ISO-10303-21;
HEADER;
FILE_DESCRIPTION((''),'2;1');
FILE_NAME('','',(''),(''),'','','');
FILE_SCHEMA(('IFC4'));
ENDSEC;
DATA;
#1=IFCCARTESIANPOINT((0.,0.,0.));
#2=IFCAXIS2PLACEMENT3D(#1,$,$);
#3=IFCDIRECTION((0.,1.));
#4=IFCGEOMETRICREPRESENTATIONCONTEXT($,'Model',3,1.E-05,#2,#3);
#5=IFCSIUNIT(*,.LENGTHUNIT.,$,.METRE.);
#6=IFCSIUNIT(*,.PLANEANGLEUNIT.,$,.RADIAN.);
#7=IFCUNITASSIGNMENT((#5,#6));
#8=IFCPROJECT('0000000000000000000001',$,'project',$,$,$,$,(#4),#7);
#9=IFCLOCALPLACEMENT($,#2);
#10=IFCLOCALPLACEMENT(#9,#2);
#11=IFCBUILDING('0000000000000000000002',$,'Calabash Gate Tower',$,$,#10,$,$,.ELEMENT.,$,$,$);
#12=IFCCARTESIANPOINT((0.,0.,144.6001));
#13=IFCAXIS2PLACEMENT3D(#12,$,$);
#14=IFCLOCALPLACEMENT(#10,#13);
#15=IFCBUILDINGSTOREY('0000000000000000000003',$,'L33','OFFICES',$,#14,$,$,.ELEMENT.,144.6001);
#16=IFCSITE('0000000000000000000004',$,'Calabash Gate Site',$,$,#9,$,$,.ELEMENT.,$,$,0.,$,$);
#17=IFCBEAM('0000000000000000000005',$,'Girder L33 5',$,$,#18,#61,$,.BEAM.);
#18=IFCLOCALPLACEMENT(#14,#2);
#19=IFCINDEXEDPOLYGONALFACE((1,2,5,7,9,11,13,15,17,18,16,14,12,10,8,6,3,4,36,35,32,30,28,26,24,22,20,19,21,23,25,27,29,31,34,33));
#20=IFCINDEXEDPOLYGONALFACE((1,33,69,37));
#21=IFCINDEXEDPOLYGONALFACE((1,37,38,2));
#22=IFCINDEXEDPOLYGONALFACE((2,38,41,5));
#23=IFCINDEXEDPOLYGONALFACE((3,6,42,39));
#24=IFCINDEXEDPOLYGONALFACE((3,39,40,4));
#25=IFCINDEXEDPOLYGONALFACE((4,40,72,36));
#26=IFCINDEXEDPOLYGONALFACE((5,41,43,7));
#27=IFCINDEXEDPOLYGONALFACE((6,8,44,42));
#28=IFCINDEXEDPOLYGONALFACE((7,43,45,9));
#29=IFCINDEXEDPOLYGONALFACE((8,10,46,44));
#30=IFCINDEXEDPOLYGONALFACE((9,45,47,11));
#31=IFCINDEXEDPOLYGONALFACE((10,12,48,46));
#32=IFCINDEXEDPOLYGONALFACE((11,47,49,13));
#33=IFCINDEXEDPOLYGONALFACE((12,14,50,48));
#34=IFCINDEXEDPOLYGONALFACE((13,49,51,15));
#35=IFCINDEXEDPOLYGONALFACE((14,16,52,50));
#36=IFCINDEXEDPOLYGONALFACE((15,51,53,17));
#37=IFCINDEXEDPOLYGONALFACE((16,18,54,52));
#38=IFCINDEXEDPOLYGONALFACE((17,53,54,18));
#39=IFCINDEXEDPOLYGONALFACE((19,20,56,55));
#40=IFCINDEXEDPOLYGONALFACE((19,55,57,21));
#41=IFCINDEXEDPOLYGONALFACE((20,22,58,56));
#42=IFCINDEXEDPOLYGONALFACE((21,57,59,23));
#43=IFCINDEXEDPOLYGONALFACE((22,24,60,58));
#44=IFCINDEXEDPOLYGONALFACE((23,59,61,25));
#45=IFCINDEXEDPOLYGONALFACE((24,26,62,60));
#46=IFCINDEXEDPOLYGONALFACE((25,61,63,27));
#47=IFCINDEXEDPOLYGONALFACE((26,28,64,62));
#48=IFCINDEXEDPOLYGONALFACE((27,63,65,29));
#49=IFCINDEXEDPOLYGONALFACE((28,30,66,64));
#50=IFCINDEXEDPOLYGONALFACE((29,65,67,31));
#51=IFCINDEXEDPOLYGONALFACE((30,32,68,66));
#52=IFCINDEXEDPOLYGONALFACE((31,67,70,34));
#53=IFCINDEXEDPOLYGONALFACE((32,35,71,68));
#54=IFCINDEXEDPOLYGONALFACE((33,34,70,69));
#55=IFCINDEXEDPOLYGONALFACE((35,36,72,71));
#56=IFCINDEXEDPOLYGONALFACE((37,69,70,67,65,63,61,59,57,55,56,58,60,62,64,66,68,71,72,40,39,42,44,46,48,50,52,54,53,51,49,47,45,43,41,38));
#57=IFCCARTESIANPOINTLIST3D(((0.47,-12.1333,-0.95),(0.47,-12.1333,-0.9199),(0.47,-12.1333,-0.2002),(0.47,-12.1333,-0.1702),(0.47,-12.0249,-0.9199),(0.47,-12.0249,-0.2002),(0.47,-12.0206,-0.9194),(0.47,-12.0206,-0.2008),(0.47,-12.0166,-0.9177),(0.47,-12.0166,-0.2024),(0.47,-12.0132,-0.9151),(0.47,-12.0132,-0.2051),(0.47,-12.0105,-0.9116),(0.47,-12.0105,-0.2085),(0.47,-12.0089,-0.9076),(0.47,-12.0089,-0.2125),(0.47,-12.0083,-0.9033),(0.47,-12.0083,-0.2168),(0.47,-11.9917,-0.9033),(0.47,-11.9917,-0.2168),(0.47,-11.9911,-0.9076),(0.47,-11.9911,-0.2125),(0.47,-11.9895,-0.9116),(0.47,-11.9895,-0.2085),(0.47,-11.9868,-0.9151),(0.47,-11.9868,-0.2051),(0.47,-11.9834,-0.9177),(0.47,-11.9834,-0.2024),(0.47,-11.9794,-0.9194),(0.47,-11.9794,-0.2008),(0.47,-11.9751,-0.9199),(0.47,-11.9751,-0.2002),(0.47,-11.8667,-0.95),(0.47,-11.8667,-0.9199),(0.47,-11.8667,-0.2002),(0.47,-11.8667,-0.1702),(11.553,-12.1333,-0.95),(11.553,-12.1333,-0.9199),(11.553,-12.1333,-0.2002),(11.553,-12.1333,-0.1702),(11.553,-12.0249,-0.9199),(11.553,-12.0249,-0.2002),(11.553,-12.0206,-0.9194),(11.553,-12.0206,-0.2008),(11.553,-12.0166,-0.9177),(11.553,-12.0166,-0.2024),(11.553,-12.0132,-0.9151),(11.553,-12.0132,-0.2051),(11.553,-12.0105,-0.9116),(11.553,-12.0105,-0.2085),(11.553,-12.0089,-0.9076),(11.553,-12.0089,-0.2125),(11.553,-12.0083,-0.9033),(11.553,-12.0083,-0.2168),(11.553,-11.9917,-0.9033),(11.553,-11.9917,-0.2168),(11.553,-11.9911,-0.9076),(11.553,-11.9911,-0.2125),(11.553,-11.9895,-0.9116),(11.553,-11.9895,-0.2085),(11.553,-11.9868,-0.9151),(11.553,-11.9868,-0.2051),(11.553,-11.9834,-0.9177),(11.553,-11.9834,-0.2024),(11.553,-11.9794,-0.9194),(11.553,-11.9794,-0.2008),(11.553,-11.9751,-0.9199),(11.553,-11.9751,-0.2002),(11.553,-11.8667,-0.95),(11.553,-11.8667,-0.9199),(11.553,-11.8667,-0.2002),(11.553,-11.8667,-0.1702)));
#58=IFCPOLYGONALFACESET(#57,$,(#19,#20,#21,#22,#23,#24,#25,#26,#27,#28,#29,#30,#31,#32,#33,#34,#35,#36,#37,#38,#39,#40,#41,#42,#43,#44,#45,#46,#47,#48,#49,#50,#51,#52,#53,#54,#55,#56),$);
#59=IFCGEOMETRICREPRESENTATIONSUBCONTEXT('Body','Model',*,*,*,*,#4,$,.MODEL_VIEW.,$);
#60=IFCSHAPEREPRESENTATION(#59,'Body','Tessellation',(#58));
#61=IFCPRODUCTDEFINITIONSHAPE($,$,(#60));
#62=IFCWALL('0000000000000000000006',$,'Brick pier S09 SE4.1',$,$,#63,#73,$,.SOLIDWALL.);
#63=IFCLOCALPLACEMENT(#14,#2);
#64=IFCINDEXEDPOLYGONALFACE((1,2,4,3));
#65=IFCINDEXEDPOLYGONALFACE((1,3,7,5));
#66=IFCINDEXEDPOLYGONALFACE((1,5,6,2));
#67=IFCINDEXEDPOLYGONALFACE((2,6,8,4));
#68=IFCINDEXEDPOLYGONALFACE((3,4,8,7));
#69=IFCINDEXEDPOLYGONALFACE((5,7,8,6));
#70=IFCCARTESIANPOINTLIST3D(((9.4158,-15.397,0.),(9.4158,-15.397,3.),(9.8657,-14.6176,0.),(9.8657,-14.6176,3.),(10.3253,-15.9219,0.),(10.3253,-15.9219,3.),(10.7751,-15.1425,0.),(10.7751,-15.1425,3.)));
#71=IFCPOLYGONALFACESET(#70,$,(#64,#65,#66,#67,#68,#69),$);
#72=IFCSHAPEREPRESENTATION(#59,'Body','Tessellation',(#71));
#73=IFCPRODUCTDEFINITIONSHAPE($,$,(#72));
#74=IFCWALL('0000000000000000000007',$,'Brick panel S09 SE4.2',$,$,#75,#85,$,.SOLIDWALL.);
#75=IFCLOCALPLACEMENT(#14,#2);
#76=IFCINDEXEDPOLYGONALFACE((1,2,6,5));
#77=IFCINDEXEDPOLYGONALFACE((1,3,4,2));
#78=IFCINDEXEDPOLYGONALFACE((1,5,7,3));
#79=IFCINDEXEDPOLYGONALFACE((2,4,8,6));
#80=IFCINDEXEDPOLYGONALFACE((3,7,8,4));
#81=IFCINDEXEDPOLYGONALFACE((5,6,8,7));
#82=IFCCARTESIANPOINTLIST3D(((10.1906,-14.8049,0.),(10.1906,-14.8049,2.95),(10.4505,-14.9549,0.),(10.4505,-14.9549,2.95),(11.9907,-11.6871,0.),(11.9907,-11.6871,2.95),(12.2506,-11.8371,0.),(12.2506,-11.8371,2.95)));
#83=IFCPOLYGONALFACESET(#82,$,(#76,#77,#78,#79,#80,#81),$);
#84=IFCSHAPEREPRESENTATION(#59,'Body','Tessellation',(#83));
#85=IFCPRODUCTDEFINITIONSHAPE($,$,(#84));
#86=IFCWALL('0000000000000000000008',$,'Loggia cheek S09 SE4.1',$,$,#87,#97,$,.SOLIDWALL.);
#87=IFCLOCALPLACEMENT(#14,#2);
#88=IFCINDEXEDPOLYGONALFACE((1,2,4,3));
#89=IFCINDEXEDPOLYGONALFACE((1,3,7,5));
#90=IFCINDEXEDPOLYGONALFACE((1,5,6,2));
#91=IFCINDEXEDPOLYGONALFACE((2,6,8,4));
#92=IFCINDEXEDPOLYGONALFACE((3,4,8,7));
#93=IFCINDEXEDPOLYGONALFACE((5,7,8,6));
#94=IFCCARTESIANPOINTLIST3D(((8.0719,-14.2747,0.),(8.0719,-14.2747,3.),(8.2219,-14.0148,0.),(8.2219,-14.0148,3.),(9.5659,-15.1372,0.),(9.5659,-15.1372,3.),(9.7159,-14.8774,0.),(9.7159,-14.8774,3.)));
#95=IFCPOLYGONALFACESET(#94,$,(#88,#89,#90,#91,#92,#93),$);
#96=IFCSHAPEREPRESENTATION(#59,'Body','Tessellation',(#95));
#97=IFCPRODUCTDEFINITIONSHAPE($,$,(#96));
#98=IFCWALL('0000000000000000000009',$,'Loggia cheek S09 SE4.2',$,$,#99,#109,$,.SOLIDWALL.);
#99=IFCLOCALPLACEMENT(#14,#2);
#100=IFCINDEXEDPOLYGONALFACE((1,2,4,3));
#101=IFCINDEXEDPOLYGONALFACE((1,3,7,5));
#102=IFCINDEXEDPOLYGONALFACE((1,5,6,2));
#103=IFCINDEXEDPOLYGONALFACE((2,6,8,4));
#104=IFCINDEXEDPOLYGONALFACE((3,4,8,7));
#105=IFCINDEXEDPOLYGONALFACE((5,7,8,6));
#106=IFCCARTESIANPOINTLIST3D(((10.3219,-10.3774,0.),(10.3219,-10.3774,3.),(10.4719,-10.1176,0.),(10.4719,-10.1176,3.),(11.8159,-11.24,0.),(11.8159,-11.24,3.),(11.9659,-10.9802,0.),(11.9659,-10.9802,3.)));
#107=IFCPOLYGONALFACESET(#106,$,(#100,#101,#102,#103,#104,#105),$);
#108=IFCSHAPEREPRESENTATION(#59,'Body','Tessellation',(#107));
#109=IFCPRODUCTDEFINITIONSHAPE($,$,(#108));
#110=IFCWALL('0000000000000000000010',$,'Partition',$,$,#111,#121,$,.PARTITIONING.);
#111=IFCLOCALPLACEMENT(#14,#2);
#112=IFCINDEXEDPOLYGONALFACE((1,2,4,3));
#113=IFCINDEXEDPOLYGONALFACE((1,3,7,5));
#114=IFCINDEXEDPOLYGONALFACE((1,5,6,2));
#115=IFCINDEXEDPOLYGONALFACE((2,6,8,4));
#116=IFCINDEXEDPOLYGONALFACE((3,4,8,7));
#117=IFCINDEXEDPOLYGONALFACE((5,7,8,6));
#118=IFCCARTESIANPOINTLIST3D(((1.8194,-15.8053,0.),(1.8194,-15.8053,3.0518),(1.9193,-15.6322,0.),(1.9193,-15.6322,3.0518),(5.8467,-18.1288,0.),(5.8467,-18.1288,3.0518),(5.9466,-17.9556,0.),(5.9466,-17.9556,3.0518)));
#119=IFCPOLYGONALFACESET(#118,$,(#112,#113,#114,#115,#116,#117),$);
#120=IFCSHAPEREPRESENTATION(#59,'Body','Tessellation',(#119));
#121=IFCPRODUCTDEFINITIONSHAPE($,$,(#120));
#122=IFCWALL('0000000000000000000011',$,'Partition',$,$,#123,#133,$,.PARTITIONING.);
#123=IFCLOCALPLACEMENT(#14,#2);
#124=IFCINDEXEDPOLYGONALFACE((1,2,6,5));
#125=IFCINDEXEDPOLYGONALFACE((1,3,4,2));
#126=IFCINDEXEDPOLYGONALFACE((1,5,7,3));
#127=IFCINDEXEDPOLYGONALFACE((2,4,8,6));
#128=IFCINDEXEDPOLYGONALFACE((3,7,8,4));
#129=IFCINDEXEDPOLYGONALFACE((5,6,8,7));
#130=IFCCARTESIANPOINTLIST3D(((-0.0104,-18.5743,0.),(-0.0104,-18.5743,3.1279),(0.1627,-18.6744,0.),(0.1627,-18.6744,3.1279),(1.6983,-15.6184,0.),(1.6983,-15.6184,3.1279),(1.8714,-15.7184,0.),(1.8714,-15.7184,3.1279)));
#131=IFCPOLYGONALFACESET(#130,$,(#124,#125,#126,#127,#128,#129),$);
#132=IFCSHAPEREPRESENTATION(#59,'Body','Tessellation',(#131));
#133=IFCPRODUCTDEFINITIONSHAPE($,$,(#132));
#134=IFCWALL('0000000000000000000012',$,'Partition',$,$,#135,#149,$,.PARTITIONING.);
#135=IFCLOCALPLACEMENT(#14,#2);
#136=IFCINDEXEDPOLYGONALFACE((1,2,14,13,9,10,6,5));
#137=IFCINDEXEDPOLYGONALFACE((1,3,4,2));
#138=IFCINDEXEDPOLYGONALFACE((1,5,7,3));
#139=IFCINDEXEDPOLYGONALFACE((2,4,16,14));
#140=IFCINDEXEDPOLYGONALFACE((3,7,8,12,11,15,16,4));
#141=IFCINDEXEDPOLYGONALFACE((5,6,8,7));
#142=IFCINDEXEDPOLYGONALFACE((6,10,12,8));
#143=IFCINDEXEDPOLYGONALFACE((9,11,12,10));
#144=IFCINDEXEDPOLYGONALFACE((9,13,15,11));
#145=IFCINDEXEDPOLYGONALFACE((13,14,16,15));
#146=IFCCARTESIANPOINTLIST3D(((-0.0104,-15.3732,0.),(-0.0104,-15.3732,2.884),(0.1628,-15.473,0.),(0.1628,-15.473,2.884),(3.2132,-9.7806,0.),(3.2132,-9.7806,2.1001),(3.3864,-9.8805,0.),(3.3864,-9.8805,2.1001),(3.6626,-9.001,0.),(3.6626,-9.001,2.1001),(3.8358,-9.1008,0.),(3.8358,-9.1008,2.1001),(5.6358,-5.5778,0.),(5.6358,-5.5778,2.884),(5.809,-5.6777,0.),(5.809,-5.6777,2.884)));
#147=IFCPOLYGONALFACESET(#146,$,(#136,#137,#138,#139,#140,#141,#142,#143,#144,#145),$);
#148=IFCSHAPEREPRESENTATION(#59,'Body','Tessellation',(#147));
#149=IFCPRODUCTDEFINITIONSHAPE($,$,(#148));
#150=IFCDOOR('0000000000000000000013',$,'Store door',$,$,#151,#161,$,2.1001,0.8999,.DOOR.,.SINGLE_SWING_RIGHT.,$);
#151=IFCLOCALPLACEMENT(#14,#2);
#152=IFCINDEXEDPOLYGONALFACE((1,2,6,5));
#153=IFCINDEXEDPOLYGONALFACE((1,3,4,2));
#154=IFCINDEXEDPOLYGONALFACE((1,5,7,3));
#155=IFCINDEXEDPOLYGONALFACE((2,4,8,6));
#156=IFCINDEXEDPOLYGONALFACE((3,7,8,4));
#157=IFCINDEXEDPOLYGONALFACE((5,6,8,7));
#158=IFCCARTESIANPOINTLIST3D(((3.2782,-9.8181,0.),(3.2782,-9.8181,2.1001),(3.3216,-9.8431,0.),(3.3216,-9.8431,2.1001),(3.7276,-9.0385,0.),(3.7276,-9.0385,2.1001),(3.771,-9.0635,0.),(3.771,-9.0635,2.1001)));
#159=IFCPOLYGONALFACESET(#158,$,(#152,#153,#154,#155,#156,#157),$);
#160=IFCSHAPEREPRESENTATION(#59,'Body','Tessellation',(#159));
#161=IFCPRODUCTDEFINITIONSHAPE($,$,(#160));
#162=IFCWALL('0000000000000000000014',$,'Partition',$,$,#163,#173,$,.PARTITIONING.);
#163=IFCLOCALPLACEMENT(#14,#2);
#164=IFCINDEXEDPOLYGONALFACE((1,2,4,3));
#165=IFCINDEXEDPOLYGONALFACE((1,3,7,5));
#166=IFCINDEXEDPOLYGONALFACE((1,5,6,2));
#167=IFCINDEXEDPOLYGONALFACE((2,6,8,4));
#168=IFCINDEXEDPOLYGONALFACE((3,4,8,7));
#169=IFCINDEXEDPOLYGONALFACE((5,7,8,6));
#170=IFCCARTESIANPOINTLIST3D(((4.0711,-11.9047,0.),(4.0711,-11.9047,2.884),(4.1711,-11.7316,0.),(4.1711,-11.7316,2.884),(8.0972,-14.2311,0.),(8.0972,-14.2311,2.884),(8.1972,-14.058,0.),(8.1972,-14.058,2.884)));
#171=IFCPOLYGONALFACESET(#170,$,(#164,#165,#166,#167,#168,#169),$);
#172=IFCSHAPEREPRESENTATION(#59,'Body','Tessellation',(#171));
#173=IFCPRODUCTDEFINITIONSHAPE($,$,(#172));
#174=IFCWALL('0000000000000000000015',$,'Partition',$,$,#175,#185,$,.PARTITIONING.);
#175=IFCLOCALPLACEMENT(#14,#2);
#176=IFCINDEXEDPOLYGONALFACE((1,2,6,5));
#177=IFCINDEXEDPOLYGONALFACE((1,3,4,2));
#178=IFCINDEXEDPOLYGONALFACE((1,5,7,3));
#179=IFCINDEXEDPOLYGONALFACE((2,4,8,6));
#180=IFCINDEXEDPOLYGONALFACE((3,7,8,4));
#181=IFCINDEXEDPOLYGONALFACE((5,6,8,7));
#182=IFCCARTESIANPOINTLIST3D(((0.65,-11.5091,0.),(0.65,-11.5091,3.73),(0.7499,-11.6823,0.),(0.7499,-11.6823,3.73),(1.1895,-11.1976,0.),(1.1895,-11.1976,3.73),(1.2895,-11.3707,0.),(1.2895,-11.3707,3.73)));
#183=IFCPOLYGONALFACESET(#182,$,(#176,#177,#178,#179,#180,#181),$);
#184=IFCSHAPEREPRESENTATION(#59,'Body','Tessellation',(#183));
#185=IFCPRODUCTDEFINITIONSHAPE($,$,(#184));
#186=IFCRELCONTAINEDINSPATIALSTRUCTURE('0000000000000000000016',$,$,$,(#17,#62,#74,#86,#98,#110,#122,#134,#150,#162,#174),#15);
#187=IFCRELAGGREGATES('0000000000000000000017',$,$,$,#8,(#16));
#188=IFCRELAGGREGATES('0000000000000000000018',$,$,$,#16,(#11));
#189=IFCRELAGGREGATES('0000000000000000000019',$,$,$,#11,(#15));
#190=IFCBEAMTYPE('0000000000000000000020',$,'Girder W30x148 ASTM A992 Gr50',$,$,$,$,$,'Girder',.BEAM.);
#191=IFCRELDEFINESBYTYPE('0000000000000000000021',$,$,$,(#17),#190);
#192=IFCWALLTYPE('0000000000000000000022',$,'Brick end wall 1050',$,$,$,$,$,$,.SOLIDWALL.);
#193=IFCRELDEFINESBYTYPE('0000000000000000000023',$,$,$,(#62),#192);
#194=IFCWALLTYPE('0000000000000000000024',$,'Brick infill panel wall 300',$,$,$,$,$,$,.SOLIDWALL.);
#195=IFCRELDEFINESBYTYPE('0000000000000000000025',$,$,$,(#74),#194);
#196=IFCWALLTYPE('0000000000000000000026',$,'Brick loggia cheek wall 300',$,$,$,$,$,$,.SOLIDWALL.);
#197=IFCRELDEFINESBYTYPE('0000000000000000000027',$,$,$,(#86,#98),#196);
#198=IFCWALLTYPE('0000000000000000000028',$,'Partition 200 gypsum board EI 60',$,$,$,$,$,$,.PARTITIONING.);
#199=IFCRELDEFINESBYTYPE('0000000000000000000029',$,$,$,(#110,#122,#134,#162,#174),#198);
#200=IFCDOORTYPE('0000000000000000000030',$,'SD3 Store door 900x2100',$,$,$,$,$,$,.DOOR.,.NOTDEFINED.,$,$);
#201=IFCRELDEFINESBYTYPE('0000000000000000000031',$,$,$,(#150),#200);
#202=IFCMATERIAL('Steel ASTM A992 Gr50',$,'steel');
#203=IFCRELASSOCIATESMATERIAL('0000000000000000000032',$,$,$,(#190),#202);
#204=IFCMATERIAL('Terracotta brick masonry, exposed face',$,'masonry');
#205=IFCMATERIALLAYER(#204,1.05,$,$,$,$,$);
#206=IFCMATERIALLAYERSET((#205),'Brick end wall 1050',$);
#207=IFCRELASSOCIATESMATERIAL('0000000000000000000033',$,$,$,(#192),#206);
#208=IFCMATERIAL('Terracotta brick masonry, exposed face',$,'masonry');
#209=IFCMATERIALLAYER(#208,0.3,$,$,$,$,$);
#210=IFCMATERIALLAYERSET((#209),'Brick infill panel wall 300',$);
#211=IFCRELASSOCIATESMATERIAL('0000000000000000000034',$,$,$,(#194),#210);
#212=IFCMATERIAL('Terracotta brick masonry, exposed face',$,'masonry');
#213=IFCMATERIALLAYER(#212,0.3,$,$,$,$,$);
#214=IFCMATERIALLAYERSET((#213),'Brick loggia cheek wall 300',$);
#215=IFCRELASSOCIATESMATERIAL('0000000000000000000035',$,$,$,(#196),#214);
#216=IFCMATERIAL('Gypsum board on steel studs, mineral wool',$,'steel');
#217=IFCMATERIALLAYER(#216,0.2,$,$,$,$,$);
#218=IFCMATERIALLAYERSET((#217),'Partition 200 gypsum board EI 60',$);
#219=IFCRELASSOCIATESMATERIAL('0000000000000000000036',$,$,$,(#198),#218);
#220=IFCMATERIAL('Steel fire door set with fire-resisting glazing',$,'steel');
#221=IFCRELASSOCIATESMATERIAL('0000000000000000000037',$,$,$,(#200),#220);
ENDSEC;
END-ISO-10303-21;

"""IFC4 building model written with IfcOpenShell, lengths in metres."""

from ifc_helpers import new_model, si_unit, direction, frame, frame_2d, origin, origin_2d, place, context, subcontext, project, spatial, rectangle, i_section, extrude, material, layer, layer_set, material_profile, profile_set, type_object, element, fill, save


model = new_model("IFC4")

# Units and contexts
model_context = context("Model", 3, precision=1e-05, world=origin(), true_north=direction((0.0, 1.0)))
body_context = subcontext(model_context, "Body", "Model", "MODEL_VIEW")
ifc_project = project(units=[si_unit("LENGTHUNIT", "METRE"), si_unit("PLANEANGLEUNIT", "RADIAN")], contexts=[model_context])

# Site, building, storey
site_placement = place(None, origin())
site = spatial("IfcSite", under=ifc_project, at=site_placement, Name="Calabash Gate Site", CompositionType="ELEMENT", RefElevation=0.0)
building_placement = place(site_placement, origin())
building = spatial("IfcBuilding", under=site, at=building_placement, Name="Calabash Gate Tower", CompositionType="ELEMENT")
storey_placement = place(building_placement, frame((0.0, 0.0, 144.6001)))
storey = spatial("IfcBuildingStorey", under=building, at=storey_placement, Name="L33", Description="OFFICES", CompositionType="ELEMENT", Elevation=144.6001)

# Beam
ifc_material_1 = material(Name="Steel ASTM A992 Gr50", Category="steel")
ifc_material_profile_1 = material_profile(ifc_material_1, i_section(OverallWidth=0.2666, OverallDepth=0.7798, WebThickness=0.0166, FlangeThickness=0.03, FilletRadius=0.0166, at=origin_2d()))
ifc_profile_set_1 = profile_set([ifc_material_profile_1], Name="Steel ASTM A992 Gr50")
beam_type_1 = type_object("IfcBeamType", Name="Girder W30x148 ASTM A992 Gr50", ElementType="Girder", PredefinedType="BEAM", material=ifc_profile_set_1)
beam_1_placement = place(storey_placement, frame((0.47, -12.0, -0.5601), z_axis=(1.0, 0.0, 0.0), x_axis=(0.0, 1.0, 0.0)))
element("IfcBeam", 1, at=beam_1_placement, inside=storey, type_object=beam_type_1, Name="Girder L33 5", PredefinedType="BEAM", context=body_context, shape_type="SweptSolid", body=[
    extrude(i_section(OverallWidth=0.2666, OverallDepth=0.7798, WebThickness=0.0166, FlangeThickness=0.03, FilletRadius=0.0166, at=origin_2d()), origin(), (0.0, 0.0, 1.0), 11.083),
])

# Walls
ifc_material_2 = material(Name="Terracotta brick masonry, exposed face", Category="masonry")
ifc_layer_1 = layer(ifc_material_2, 1.05)
ifc_layer_set_1 = layer_set([ifc_layer_1], Name="Brick end wall 1050")
wall_type_1 = type_object("IfcWallType", Name="Brick end wall 1050", PredefinedType="SOLIDWALL", material=ifc_layer_set_1)
wall_1_placement = place(storey_placement, frame((9.6409, -15.0073, 0.0), z_axis=(0.0, 0.0, 1.0), x_axis=(0.866089, -0.49989, 0.0)))
element("IfcWall", 2, at=wall_1_placement, inside=storey, type_object=wall_type_1, Name="Brick pier S09 SE4.1", PredefinedType="SOLIDWALL", context=body_context, shape_type="SweptSolid", body=[
    extrude(rectangle(XDim=1.05, YDim=0.8999, at=frame_2d((0.5249, 0.0))), origin(), (0.0, 0.0, 1.0), 3.0),
])
ifc_material_3 = material(Name="Terracotta brick masonry, exposed face", Category="masonry")
ifc_layer_2 = layer(ifc_material_3, 0.3)
ifc_layer_set_2 = layer_set([ifc_layer_2], Name="Brick infill panel wall 300")
wall_type_2 = type_object("IfcWallType", Name="Brick infill panel wall 300", PredefinedType="SOLIDWALL", material=ifc_layer_set_2)
wall_2_placement = place(storey_placement, frame((10.3206, -14.8799, 0.0), z_axis=(0.0, 0.0, 1.0), x_axis=(0.500012, 0.866018, 0.0)))
element("IfcWall", 3, at=wall_2_placement, inside=storey, type_object=wall_type_2, Name="Brick panel S09 SE4.2", PredefinedType="SOLIDWALL", context=body_context, shape_type="SweptSolid", body=[
    extrude(rectangle(XDim=3.6001, YDim=0.3, at=frame_2d((1.8, 0.0))), origin(), (0.0, 0.0, 1.0), 2.95),
])
ifc_material_4 = material(Name="Terracotta brick masonry, exposed face", Category="masonry")
ifc_layer_3 = layer(ifc_material_4, 0.3)
ifc_layer_set_3 = layer_set([ifc_layer_3], Name="Brick loggia cheek wall 300")
wall_type_3 = type_object("IfcWallType", Name="Brick loggia cheek wall 300", PredefinedType="SOLIDWALL", material=ifc_layer_set_3)
for number, where, z_axis, x_axis, name in (
    (4, (9.6409, -15.0073, 0.0), (0.0, 0.0, 1.0), (-0.866014, 0.500021, 0.0), "Loggia cheek S09 SE4.1"),
    (5, (11.8909, -11.1101, 0.0), (0.0, 0.0, 1.0), (-0.866014, 0.500021, 0.0), "Loggia cheek S09 SE4.2"),
):
    element("IfcWall", number, at=place(storey_placement, frame(where, z_axis=z_axis, x_axis=x_axis)), inside=storey, type_object=wall_type_3, Name=name, PredefinedType="SOLIDWALL", context=body_context, shape_type="SweptSolid", body=[
        extrude(rectangle(XDim=1.7251, YDim=0.3, at=frame_2d((0.8625, 0.0))), origin(), (0.0, 0.0, 1.0), 3.0),
    ])
ifc_material_5 = material(Name="Gypsum board on steel studs, mineral wool", Category="steel")
ifc_layer_4 = layer(ifc_material_5, 0.2)
ifc_layer_set_4 = layer_set([ifc_layer_4], Name="Partition 200 gypsum board EI 60")
wall_type_4 = type_object("IfcWallType", Name="Partition 200 gypsum board EI 60", PredefinedType="PARTITIONING", material=ifc_layer_set_4)
wall_3_placement = place(storey_placement, frame((1.8694, -15.7188, 0.0), z_axis=(0.0, 0.0, 1.0), x_axis=(0.866184, -0.499725, 0.0)))
element("IfcWall", 6, at=wall_3_placement, inside=storey, type_object=wall_type_4, Name="Partition", PredefinedType="PARTITIONING", context=body_context, shape_type="SweptSolid", body=[
    extrude(rectangle(XDim=4.6494, YDim=0.2, at=frame_2d((2.3247, 0.0))), origin(), (0.0, 0.0, 1.0), 3.0518),
])
wall_4_placement = place(storey_placement, frame((0.0762, -18.6243, 0.0), z_axis=(0.0, 0.0, 1.0), x_axis=(0.500453, 0.865764, 0.0)))
element("IfcWall", 7, at=wall_4_placement, inside=storey, type_object=wall_type_4, Name="Partition", PredefinedType="PARTITIONING", context=body_context, shape_type="SweptSolid", body=[
    extrude(rectangle(XDim=3.4143, YDim=0.2, at=frame_2d((1.707, 0.0))), origin(), (0.0, 0.0, 1.0), 3.1279),
])

# Wall, opening, door
wall_5_placement = place(storey_placement, frame((0.0762, -15.4231, 0.0), z_axis=(0.0, 0.0, 1.0), x_axis=(0.499393, 0.866375, 0.0)))
wall_5 = element("IfcWall", 8, at=wall_5_placement, inside=storey, type_object=wall_type_4, Name="Partition", PredefinedType="PARTITIONING", context=body_context, shape_type="SweptSolid", body=[
    extrude(rectangle(XDim=11.3062, YDim=0.2, at=frame_2d((5.6531, 0.0))), origin(), (0.0, 0.0, 1.0), 2.884),
])
opening_1_placement = place(wall_5_placement, frame((6.4551, 0.0, 0.0)))
opening_1 = element("IfcOpeningElement", 9, at=opening_1_placement, cuts=wall_5, PredefinedType="OPENING", context=body_context, shape_type="SweptSolid", body=[
    extrude(rectangle(XDim=0.8999, YDim=2.1001, at=frame_2d((0.45, 1.05))), frame((0.0, 0.1099, 0.0), z_axis=(0.0, -1.0, 0.0), x_axis=(1.0, 0.0, 0.0)), (0.0, 0.0, 1.0), 0.22),
])
ifc_material_6 = material(Name="Steel fire door set with fire-resisting glazing", Category="steel")
door_type_1 = type_object("IfcDoorType", Name="SD3 Store door 900x2100", OperationType="NOTDEFINED", PredefinedType="DOOR", material=ifc_material_6)
door_1_placement = place(opening_1_placement, origin())
door_1 = element("IfcDoor", 10, at=door_1_placement, inside=storey, type_object=door_type_1, Name="Store door", OperationType="SINGLE_SWING_RIGHT", OverallHeight=2.1001, OverallWidth=0.8999, PredefinedType="DOOR", context=body_context, shape_type="SweptSolid", body=[
    extrude(rectangle(XDim=0.8999, YDim=2.1001, at=frame_2d((0.45, 1.05))), frame((0.0, 0.0249, 0.0), z_axis=(0.0, -1.0, 0.0), x_axis=(1.0, 0.0, 0.0)), (0.0, 0.0, 1.0), 0.05),
])
fill(opening_1, door_1)

# Walls
wall_6_placement = place(storey_placement, frame((4.1211, -11.8181, 0.0), z_axis=(0.0, 0.0, 1.0), x_axis=(0.865845, -0.500312, 0.0)))
element("IfcWall", 11, at=wall_6_placement, inside=storey, type_object=wall_type_4, Name="Partition", PredefinedType="PARTITIONING", context=body_context, shape_type="SweptSolid", body=[
    extrude(rectangle(XDim=4.6499, YDim=0.2, at=frame_2d((2.325, 0.0))), origin(), (0.0, 0.0, 1.0), 2.884),
])
wall_7_placement = place(storey_placement, frame((0.7, -11.5957, 0.0), z_axis=(0.0, 0.0, 1.0), x_axis=(0.866016, 0.500016, 0.0)))
element("IfcWall", 12, at=wall_7_placement, inside=storey, type_object=wall_type_4, Name="Partition", PredefinedType="PARTITIONING", context=body_context, shape_type="SweptSolid", body=[
    extrude(rectangle(XDim=0.623, YDim=0.2, at=frame_2d((0.3115, 0.0))), origin(), (0.0, 0.0, 1.0), 3.73),
])

save(model, "model.ifc")
